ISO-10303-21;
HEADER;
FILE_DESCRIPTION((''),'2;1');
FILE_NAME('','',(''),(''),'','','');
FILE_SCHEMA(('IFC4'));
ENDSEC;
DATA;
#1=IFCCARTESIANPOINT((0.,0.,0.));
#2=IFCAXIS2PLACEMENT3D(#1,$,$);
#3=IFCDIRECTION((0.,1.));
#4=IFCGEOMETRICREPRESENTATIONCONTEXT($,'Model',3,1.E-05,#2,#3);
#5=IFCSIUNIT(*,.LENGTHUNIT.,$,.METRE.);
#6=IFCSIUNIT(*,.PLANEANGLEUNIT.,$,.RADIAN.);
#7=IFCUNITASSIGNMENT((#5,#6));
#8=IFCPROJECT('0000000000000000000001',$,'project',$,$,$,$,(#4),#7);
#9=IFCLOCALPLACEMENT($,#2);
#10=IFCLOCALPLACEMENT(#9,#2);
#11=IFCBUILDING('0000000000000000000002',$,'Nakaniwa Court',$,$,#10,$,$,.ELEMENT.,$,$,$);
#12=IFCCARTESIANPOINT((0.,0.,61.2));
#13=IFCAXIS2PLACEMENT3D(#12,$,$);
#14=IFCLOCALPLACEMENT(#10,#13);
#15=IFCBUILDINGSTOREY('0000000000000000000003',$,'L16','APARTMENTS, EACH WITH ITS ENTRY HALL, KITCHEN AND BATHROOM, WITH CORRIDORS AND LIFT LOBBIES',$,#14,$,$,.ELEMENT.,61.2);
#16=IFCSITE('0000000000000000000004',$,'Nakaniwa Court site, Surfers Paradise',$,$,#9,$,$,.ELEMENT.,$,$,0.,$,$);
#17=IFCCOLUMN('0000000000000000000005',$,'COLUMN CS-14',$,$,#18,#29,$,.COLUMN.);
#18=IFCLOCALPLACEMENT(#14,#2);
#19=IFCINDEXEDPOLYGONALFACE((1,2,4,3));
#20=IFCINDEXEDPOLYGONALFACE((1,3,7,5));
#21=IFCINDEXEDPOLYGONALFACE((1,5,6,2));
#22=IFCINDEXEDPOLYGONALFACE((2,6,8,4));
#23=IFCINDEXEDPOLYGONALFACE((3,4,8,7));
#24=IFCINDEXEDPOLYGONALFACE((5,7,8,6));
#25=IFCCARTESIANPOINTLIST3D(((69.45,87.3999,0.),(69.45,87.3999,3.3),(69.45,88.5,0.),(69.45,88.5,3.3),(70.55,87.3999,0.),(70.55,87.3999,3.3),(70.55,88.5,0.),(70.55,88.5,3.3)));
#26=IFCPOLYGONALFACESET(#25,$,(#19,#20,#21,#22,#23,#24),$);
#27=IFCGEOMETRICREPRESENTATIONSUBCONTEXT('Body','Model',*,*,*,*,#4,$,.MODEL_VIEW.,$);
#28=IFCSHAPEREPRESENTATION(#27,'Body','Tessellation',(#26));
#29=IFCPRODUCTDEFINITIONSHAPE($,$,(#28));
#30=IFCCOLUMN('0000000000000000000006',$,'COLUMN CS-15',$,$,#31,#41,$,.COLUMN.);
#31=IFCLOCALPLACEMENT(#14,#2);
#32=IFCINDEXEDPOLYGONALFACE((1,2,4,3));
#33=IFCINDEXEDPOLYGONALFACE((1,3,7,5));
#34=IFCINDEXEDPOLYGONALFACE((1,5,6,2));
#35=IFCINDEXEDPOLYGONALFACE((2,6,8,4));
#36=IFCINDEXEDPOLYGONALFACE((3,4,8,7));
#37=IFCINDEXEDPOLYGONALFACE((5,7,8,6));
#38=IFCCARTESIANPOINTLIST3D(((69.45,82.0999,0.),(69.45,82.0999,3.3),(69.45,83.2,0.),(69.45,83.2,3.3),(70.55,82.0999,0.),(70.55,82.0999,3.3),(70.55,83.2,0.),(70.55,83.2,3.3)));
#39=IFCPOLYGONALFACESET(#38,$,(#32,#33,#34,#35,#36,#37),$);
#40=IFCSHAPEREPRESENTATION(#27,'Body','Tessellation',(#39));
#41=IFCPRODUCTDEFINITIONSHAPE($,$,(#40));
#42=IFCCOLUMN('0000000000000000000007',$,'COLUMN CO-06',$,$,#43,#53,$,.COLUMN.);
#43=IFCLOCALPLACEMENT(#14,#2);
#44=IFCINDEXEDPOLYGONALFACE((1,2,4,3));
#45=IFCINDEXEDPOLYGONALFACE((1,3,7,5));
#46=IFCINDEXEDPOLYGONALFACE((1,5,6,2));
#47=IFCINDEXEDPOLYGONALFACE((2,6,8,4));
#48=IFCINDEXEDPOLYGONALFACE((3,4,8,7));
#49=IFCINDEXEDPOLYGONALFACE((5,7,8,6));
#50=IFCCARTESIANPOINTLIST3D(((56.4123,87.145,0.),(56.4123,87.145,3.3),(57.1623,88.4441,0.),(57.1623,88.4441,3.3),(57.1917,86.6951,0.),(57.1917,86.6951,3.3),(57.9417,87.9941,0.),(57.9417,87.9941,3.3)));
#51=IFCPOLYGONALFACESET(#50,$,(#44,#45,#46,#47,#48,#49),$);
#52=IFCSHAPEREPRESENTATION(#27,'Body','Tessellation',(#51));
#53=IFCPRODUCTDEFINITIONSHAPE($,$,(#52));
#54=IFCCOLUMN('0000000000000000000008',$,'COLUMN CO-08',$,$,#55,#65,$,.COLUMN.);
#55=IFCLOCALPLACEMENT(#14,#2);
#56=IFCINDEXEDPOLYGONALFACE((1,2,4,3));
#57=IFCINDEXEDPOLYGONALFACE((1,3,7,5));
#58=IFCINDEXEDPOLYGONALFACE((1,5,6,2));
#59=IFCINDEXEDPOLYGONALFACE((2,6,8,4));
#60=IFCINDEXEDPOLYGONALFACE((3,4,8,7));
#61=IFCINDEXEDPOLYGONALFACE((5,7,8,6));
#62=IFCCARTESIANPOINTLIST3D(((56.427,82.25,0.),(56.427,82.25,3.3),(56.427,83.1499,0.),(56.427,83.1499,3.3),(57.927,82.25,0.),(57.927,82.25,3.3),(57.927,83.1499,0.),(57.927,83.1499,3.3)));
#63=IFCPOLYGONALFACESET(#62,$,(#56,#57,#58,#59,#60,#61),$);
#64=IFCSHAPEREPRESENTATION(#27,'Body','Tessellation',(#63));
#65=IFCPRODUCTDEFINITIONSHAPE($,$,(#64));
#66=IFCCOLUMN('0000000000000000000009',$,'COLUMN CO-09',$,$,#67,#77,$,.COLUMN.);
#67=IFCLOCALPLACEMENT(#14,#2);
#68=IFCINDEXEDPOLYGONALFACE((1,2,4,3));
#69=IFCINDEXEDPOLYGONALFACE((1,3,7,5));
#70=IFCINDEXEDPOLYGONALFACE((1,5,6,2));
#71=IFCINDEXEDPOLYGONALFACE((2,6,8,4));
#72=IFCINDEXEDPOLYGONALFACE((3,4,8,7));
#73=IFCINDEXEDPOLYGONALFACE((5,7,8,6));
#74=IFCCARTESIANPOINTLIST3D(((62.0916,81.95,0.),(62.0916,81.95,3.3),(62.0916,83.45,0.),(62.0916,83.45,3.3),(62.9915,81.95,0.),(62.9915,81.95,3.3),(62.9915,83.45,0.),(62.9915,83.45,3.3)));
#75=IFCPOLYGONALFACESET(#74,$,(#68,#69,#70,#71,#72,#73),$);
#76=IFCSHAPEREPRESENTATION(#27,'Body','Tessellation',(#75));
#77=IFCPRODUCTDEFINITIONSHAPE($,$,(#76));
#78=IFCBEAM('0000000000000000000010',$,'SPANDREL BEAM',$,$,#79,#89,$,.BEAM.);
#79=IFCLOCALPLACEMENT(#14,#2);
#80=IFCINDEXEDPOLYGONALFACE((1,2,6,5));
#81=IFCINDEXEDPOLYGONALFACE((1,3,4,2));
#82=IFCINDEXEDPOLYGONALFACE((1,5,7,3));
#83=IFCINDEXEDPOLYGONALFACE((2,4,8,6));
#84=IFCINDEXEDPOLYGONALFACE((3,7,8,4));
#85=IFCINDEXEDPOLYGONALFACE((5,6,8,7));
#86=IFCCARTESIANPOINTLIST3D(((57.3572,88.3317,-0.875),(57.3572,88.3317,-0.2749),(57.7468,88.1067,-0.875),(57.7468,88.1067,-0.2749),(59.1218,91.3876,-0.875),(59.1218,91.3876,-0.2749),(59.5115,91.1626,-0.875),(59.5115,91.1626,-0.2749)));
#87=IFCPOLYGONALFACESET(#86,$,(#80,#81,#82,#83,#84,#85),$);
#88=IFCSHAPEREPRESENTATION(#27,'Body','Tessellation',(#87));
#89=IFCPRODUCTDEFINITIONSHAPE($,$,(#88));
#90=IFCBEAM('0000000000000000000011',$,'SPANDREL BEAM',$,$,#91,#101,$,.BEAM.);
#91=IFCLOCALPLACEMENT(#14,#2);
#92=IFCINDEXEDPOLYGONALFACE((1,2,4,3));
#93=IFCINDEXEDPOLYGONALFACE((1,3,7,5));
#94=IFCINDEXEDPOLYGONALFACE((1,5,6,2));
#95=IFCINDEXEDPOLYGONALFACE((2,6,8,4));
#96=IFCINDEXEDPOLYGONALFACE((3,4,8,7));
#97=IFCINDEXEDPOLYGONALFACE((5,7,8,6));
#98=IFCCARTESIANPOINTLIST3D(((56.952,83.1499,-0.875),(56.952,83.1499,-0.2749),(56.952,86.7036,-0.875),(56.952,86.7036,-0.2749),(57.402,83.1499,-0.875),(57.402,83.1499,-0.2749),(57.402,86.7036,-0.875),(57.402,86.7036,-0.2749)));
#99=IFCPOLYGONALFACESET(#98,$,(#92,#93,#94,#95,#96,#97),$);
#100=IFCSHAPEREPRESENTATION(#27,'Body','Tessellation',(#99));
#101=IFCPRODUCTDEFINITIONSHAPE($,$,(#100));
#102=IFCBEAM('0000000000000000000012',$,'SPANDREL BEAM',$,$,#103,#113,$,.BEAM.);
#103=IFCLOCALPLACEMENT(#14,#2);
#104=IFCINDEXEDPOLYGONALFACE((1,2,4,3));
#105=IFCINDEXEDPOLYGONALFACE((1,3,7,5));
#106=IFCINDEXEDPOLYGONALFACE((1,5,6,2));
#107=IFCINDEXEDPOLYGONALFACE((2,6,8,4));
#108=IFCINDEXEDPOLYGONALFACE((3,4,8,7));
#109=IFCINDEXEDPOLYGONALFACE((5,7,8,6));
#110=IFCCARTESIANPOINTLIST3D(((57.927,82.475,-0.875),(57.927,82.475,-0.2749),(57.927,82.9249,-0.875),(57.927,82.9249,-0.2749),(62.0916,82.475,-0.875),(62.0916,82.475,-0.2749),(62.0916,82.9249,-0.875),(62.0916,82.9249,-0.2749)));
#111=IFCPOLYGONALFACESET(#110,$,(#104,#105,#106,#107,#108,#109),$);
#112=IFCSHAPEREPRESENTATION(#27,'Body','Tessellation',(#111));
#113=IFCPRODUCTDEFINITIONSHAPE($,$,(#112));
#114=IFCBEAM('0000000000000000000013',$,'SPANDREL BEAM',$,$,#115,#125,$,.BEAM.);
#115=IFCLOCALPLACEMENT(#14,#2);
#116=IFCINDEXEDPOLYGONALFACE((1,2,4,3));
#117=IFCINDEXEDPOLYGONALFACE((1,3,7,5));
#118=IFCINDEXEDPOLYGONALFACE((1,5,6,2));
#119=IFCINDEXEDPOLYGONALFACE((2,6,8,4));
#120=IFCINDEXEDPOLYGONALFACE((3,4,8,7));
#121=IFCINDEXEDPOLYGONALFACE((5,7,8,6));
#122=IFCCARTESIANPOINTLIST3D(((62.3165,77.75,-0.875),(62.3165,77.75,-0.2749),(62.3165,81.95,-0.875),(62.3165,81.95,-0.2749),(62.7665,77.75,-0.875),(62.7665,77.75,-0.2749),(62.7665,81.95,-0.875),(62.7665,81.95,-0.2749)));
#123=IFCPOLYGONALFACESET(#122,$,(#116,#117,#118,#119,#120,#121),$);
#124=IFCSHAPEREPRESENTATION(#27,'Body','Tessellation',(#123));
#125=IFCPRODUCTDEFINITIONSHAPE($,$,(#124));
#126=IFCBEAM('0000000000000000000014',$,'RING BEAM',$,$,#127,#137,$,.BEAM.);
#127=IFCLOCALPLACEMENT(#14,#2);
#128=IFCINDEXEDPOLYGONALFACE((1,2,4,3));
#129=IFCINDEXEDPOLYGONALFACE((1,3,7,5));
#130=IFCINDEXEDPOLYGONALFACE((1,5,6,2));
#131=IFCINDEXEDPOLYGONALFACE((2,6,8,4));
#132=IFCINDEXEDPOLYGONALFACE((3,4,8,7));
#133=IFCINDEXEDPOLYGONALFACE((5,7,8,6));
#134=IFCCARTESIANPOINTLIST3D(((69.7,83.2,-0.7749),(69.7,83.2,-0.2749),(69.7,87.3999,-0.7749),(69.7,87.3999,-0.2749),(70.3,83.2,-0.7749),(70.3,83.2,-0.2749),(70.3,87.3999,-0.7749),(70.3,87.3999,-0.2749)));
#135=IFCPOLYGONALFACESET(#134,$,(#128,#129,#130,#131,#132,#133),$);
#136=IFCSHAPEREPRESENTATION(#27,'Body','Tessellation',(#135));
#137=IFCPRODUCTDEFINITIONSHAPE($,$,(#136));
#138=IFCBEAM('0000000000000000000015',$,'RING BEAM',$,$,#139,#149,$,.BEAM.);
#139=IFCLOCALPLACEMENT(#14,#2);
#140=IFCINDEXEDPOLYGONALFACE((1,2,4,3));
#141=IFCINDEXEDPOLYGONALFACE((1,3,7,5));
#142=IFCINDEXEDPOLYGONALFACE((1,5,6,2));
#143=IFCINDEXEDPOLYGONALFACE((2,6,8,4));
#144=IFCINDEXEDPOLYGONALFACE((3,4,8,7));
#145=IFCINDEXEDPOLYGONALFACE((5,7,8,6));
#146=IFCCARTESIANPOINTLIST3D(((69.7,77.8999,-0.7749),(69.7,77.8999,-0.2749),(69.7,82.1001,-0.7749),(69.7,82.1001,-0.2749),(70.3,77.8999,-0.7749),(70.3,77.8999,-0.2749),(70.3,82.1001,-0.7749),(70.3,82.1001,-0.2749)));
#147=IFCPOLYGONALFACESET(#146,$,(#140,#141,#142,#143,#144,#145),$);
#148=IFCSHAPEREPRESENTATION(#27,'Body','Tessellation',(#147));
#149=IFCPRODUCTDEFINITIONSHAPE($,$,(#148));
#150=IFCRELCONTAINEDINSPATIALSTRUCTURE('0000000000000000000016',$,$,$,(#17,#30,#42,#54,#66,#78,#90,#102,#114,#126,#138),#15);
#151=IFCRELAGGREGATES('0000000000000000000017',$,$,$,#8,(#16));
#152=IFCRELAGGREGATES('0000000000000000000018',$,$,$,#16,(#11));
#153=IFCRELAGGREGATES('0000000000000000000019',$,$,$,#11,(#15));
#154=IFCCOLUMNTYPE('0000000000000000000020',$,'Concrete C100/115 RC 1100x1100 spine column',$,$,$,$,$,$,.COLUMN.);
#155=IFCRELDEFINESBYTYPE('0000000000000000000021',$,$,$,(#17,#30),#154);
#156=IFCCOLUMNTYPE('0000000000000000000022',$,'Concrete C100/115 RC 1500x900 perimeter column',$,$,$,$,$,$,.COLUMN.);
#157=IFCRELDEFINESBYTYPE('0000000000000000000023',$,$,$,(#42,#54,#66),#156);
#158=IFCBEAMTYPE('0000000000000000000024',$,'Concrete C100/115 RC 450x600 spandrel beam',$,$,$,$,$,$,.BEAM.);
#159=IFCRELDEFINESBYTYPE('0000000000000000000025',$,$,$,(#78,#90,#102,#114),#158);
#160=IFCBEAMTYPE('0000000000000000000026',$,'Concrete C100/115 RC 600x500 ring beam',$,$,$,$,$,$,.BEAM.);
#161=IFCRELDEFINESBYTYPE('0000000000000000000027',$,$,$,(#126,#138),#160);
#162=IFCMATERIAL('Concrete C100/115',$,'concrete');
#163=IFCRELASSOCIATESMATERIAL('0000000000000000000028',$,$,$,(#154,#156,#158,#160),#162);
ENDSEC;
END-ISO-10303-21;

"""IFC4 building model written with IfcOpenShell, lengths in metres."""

from ifc_helpers import new_model, si_unit, direction, frame, origin, origin_2d, place, context, subcontext, project, spatial, rectangle, extrude, material, material_profile, profile_set, type_object, element, save


model = new_model("IFC4")

# Units and contexts
model_context = context("Model", 3, precision=1e-05, world=origin(), true_north=direction((0.0, 1.0)))
body_context = subcontext(model_context, "Body", "Model", "MODEL_VIEW")
ifc_project = project(units=[si_unit("LENGTHUNIT", "METRE"), si_unit("PLANEANGLEUNIT", "RADIAN")], contexts=[model_context])

# Site, building, storey
site_placement = place(None, origin())
site = spatial("IfcSite", under=ifc_project, at=site_placement, Name="Nakaniwa Court site, Surfers Paradise", CompositionType="ELEMENT", RefElevation=0.0)
building_placement = place(site_placement, origin())
building = spatial("IfcBuilding", under=site, at=building_placement, Name="Nakaniwa Court", CompositionType="ELEMENT")
storey_placement = place(building_placement, frame((0.0, 0.0, 61.2)))
storey = spatial("IfcBuildingStorey", under=building, at=storey_placement, Name="L16", Description="APARTMENTS, EACH WITH ITS ENTRY HALL, KITCHEN AND BATHROOM, WITH CORRIDORS AND LIFT LOBBIES", CompositionType="ELEMENT", Elevation=61.2)

# Columns
ifc_material_1 = material(Name="Concrete C100/115", Category="concrete")
ifc_material_profile_1 = material_profile(ifc_material_1, rectangle(XDim=1.1001, YDim=1.1001, at=origin_2d()), Name="Concrete C100/115 RC 1100x1100 spine column")
ifc_profile_set_1 = profile_set([ifc_material_profile_1], Name="Concrete C100/115")
column_type_1 = type_object("IfcColumnType", Name="Concrete C100/115 RC 1100x1100 spine column", PredefinedType="COLUMN", material=ifc_profile_set_1)
for number, where, z_axis, x_axis, name in (
    (1, (70.0, 87.95, 0.0), (0.0, 0.0, 1.0), (0.0, -1.0, 0.0), "COLUMN CS-14"),
    (2, (70.0, 82.6499, 0.0), (0.0, 0.0, 1.0), (0.0, -1.0, 0.0), "COLUMN CS-15"),
):
    element("IfcColumn", number, at=place(storey_placement, frame(where, z_axis=z_axis, x_axis=x_axis)), inside=storey, type_object=column_type_1, Name=name, PredefinedType="COLUMN", context=body_context, shape_type="SweptSolid", body=[
        extrude(rectangle(XDim=1.1001, YDim=1.1001, at=origin_2d()), origin(), (0.0, 0.0, 1.0), 3.3),
    ])
ifc_material_profile_2 = material_profile(ifc_material_1, rectangle(XDim=1.5, YDim=0.8999, at=origin_2d()), Name="Concrete C100/115 RC 1500x900 perimeter column")
ifc_profile_set_2 = profile_set([ifc_material_profile_2], Name="Concrete C100/115")
column_type_2 = type_object("IfcColumnType", Name="Concrete C100/115 RC 1500x900 perimeter column", PredefinedType="COLUMN", material=ifc_profile_set_2)
for number, where, z_axis, x_axis, name in (
    (3, (57.177, 87.5696, 0.0), (0.0, 0.0, 1.0), (-0.5, -0.866025, 0.0), "COLUMN CO-06"),
    (4, (57.177, 82.7, 0.0), (0.0, 0.0, 1.0), (1.0, 0.0, 0.0), "COLUMN CO-08"),
    (5, (62.5415, 82.7, 0.0), (0.0, 0.0, 1.0), (0.0, -1.0, 0.0), "COLUMN CO-09"),
):
    element("IfcColumn", number, at=place(storey_placement, frame(where, z_axis=z_axis, x_axis=x_axis)), inside=storey, type_object=column_type_2, Name=name, PredefinedType="COLUMN", context=body_context, shape_type="SweptSolid", body=[
        extrude(rectangle(XDim=1.5, YDim=0.8999, at=origin_2d()), origin(), (0.0, 0.0, 1.0), 3.3),
    ])

# Beams
ifc_material_profile_3 = material_profile(ifc_material_1, rectangle(XDim=0.45, YDim=0.6001, at=origin_2d()), Name="Concrete C100/115 RC 450x600 spandrel beam")
ifc_profile_set_3 = profile_set([ifc_material_profile_3], Name="Concrete C100/115")
beam_type_1 = type_object("IfcBeamType", Name="Concrete C100/115 RC 450x600 spandrel beam", PredefinedType="BEAM", material=ifc_profile_set_3)
beam_1_placement = place(storey_placement, frame((59.3167, 91.2751, -0.575), z_axis=(-0.500068, -0.865986, 0.0), x_axis=(0.865986, -0.500068, 0.0)))
element("IfcBeam", 6, at=beam_1_placement, inside=storey, type_object=beam_type_1, Name="SPANDREL BEAM", PredefinedType="BEAM", context=body_context, shape_type="SweptSolid", body=[
    extrude(rectangle(XDim=0.45, YDim=0.6001, at=origin_2d()), origin(), (0.0, 0.0, 1.0), 3.5288),
])
beam_2_placement = place(storey_placement, frame((57.177, 86.7036, -0.575), z_axis=(0.0, -1.0, 0.0), x_axis=(1.0, 0.0, 0.0)))
element("IfcBeam", 7, at=beam_2_placement, inside=storey, type_object=beam_type_1, Name="SPANDREL BEAM", PredefinedType="BEAM", context=body_context, shape_type="SweptSolid", body=[
    extrude(rectangle(XDim=0.45, YDim=0.6001, at=origin_2d()), origin(), (0.0, 0.0, 1.0), 3.5537),
])
beam_3_placement = place(storey_placement, frame((57.927, 82.7, -0.575), z_axis=(1.0, 0.0, 0.0), x_axis=(0.0, 1.0, 0.0)))
element("IfcBeam", 8, at=beam_3_placement, inside=storey, type_object=beam_type_1, Name="SPANDREL BEAM", PredefinedType="BEAM", context=body_context, shape_type="SweptSolid", body=[
    extrude(rectangle(XDim=0.45, YDim=0.6001, at=origin_2d()), origin(), (0.0, 0.0, 1.0), 4.1646),
])
beam_4_placement = place(storey_placement, frame((62.5415, 81.95, -0.575), z_axis=(0.0, -1.0, 0.0), x_axis=(1.0, 0.0, 0.0)))
element("IfcBeam", 9, at=beam_4_placement, inside=storey, type_object=beam_type_1, Name="SPANDREL BEAM", PredefinedType="BEAM", context=body_context, shape_type="SweptSolid", body=[
    extrude(rectangle(XDim=0.45, YDim=0.6001, at=origin_2d()), origin(), (0.0, 0.0, 1.0), 4.2),
])
ifc_material_profile_4 = material_profile(ifc_material_1, rectangle(XDim=0.6001, YDim=0.5, at=origin_2d()), Name="Concrete C100/115 RC 600x500 ring beam")
ifc_profile_set_4 = profile_set([ifc_material_profile_4], Name="Concrete C100/115")
beam_type_2 = type_object("IfcBeamType", Name="Concrete C100/115 RC 600x500 ring beam", PredefinedType="BEAM", material=ifc_profile_set_4)
beam_5_placement = place(storey_placement, frame((70.0, 87.3999, -0.5249), z_axis=(0.0, -1.0, 0.0), x_axis=(1.0, 0.0, 0.0)))
element("IfcBeam", 10, at=beam_5_placement, inside=storey, type_object=beam_type_2, Name="RING BEAM", PredefinedType="BEAM", context=body_context, shape_type="SweptSolid", body=[
    extrude(rectangle(XDim=0.6001, YDim=0.5, at=origin_2d()), origin(), (0.0, 0.0, 1.0), 4.2),
])
beam_6_placement = place(storey_placement, frame((70.0, 82.1001, -0.5249), z_axis=(0.0, -1.0, 0.0), x_axis=(1.0, 0.0, 0.0)))
element("IfcBeam", 11, at=beam_6_placement, inside=storey, type_object=beam_type_2, Name="RING BEAM", PredefinedType="BEAM", context=body_context, shape_type="SweptSolid", body=[
    extrude(rectangle(XDim=0.6001, YDim=0.5, at=origin_2d()), origin(), (0.0, 0.0, 1.0), 4.2002),
])

save(model, "model.ifc")
